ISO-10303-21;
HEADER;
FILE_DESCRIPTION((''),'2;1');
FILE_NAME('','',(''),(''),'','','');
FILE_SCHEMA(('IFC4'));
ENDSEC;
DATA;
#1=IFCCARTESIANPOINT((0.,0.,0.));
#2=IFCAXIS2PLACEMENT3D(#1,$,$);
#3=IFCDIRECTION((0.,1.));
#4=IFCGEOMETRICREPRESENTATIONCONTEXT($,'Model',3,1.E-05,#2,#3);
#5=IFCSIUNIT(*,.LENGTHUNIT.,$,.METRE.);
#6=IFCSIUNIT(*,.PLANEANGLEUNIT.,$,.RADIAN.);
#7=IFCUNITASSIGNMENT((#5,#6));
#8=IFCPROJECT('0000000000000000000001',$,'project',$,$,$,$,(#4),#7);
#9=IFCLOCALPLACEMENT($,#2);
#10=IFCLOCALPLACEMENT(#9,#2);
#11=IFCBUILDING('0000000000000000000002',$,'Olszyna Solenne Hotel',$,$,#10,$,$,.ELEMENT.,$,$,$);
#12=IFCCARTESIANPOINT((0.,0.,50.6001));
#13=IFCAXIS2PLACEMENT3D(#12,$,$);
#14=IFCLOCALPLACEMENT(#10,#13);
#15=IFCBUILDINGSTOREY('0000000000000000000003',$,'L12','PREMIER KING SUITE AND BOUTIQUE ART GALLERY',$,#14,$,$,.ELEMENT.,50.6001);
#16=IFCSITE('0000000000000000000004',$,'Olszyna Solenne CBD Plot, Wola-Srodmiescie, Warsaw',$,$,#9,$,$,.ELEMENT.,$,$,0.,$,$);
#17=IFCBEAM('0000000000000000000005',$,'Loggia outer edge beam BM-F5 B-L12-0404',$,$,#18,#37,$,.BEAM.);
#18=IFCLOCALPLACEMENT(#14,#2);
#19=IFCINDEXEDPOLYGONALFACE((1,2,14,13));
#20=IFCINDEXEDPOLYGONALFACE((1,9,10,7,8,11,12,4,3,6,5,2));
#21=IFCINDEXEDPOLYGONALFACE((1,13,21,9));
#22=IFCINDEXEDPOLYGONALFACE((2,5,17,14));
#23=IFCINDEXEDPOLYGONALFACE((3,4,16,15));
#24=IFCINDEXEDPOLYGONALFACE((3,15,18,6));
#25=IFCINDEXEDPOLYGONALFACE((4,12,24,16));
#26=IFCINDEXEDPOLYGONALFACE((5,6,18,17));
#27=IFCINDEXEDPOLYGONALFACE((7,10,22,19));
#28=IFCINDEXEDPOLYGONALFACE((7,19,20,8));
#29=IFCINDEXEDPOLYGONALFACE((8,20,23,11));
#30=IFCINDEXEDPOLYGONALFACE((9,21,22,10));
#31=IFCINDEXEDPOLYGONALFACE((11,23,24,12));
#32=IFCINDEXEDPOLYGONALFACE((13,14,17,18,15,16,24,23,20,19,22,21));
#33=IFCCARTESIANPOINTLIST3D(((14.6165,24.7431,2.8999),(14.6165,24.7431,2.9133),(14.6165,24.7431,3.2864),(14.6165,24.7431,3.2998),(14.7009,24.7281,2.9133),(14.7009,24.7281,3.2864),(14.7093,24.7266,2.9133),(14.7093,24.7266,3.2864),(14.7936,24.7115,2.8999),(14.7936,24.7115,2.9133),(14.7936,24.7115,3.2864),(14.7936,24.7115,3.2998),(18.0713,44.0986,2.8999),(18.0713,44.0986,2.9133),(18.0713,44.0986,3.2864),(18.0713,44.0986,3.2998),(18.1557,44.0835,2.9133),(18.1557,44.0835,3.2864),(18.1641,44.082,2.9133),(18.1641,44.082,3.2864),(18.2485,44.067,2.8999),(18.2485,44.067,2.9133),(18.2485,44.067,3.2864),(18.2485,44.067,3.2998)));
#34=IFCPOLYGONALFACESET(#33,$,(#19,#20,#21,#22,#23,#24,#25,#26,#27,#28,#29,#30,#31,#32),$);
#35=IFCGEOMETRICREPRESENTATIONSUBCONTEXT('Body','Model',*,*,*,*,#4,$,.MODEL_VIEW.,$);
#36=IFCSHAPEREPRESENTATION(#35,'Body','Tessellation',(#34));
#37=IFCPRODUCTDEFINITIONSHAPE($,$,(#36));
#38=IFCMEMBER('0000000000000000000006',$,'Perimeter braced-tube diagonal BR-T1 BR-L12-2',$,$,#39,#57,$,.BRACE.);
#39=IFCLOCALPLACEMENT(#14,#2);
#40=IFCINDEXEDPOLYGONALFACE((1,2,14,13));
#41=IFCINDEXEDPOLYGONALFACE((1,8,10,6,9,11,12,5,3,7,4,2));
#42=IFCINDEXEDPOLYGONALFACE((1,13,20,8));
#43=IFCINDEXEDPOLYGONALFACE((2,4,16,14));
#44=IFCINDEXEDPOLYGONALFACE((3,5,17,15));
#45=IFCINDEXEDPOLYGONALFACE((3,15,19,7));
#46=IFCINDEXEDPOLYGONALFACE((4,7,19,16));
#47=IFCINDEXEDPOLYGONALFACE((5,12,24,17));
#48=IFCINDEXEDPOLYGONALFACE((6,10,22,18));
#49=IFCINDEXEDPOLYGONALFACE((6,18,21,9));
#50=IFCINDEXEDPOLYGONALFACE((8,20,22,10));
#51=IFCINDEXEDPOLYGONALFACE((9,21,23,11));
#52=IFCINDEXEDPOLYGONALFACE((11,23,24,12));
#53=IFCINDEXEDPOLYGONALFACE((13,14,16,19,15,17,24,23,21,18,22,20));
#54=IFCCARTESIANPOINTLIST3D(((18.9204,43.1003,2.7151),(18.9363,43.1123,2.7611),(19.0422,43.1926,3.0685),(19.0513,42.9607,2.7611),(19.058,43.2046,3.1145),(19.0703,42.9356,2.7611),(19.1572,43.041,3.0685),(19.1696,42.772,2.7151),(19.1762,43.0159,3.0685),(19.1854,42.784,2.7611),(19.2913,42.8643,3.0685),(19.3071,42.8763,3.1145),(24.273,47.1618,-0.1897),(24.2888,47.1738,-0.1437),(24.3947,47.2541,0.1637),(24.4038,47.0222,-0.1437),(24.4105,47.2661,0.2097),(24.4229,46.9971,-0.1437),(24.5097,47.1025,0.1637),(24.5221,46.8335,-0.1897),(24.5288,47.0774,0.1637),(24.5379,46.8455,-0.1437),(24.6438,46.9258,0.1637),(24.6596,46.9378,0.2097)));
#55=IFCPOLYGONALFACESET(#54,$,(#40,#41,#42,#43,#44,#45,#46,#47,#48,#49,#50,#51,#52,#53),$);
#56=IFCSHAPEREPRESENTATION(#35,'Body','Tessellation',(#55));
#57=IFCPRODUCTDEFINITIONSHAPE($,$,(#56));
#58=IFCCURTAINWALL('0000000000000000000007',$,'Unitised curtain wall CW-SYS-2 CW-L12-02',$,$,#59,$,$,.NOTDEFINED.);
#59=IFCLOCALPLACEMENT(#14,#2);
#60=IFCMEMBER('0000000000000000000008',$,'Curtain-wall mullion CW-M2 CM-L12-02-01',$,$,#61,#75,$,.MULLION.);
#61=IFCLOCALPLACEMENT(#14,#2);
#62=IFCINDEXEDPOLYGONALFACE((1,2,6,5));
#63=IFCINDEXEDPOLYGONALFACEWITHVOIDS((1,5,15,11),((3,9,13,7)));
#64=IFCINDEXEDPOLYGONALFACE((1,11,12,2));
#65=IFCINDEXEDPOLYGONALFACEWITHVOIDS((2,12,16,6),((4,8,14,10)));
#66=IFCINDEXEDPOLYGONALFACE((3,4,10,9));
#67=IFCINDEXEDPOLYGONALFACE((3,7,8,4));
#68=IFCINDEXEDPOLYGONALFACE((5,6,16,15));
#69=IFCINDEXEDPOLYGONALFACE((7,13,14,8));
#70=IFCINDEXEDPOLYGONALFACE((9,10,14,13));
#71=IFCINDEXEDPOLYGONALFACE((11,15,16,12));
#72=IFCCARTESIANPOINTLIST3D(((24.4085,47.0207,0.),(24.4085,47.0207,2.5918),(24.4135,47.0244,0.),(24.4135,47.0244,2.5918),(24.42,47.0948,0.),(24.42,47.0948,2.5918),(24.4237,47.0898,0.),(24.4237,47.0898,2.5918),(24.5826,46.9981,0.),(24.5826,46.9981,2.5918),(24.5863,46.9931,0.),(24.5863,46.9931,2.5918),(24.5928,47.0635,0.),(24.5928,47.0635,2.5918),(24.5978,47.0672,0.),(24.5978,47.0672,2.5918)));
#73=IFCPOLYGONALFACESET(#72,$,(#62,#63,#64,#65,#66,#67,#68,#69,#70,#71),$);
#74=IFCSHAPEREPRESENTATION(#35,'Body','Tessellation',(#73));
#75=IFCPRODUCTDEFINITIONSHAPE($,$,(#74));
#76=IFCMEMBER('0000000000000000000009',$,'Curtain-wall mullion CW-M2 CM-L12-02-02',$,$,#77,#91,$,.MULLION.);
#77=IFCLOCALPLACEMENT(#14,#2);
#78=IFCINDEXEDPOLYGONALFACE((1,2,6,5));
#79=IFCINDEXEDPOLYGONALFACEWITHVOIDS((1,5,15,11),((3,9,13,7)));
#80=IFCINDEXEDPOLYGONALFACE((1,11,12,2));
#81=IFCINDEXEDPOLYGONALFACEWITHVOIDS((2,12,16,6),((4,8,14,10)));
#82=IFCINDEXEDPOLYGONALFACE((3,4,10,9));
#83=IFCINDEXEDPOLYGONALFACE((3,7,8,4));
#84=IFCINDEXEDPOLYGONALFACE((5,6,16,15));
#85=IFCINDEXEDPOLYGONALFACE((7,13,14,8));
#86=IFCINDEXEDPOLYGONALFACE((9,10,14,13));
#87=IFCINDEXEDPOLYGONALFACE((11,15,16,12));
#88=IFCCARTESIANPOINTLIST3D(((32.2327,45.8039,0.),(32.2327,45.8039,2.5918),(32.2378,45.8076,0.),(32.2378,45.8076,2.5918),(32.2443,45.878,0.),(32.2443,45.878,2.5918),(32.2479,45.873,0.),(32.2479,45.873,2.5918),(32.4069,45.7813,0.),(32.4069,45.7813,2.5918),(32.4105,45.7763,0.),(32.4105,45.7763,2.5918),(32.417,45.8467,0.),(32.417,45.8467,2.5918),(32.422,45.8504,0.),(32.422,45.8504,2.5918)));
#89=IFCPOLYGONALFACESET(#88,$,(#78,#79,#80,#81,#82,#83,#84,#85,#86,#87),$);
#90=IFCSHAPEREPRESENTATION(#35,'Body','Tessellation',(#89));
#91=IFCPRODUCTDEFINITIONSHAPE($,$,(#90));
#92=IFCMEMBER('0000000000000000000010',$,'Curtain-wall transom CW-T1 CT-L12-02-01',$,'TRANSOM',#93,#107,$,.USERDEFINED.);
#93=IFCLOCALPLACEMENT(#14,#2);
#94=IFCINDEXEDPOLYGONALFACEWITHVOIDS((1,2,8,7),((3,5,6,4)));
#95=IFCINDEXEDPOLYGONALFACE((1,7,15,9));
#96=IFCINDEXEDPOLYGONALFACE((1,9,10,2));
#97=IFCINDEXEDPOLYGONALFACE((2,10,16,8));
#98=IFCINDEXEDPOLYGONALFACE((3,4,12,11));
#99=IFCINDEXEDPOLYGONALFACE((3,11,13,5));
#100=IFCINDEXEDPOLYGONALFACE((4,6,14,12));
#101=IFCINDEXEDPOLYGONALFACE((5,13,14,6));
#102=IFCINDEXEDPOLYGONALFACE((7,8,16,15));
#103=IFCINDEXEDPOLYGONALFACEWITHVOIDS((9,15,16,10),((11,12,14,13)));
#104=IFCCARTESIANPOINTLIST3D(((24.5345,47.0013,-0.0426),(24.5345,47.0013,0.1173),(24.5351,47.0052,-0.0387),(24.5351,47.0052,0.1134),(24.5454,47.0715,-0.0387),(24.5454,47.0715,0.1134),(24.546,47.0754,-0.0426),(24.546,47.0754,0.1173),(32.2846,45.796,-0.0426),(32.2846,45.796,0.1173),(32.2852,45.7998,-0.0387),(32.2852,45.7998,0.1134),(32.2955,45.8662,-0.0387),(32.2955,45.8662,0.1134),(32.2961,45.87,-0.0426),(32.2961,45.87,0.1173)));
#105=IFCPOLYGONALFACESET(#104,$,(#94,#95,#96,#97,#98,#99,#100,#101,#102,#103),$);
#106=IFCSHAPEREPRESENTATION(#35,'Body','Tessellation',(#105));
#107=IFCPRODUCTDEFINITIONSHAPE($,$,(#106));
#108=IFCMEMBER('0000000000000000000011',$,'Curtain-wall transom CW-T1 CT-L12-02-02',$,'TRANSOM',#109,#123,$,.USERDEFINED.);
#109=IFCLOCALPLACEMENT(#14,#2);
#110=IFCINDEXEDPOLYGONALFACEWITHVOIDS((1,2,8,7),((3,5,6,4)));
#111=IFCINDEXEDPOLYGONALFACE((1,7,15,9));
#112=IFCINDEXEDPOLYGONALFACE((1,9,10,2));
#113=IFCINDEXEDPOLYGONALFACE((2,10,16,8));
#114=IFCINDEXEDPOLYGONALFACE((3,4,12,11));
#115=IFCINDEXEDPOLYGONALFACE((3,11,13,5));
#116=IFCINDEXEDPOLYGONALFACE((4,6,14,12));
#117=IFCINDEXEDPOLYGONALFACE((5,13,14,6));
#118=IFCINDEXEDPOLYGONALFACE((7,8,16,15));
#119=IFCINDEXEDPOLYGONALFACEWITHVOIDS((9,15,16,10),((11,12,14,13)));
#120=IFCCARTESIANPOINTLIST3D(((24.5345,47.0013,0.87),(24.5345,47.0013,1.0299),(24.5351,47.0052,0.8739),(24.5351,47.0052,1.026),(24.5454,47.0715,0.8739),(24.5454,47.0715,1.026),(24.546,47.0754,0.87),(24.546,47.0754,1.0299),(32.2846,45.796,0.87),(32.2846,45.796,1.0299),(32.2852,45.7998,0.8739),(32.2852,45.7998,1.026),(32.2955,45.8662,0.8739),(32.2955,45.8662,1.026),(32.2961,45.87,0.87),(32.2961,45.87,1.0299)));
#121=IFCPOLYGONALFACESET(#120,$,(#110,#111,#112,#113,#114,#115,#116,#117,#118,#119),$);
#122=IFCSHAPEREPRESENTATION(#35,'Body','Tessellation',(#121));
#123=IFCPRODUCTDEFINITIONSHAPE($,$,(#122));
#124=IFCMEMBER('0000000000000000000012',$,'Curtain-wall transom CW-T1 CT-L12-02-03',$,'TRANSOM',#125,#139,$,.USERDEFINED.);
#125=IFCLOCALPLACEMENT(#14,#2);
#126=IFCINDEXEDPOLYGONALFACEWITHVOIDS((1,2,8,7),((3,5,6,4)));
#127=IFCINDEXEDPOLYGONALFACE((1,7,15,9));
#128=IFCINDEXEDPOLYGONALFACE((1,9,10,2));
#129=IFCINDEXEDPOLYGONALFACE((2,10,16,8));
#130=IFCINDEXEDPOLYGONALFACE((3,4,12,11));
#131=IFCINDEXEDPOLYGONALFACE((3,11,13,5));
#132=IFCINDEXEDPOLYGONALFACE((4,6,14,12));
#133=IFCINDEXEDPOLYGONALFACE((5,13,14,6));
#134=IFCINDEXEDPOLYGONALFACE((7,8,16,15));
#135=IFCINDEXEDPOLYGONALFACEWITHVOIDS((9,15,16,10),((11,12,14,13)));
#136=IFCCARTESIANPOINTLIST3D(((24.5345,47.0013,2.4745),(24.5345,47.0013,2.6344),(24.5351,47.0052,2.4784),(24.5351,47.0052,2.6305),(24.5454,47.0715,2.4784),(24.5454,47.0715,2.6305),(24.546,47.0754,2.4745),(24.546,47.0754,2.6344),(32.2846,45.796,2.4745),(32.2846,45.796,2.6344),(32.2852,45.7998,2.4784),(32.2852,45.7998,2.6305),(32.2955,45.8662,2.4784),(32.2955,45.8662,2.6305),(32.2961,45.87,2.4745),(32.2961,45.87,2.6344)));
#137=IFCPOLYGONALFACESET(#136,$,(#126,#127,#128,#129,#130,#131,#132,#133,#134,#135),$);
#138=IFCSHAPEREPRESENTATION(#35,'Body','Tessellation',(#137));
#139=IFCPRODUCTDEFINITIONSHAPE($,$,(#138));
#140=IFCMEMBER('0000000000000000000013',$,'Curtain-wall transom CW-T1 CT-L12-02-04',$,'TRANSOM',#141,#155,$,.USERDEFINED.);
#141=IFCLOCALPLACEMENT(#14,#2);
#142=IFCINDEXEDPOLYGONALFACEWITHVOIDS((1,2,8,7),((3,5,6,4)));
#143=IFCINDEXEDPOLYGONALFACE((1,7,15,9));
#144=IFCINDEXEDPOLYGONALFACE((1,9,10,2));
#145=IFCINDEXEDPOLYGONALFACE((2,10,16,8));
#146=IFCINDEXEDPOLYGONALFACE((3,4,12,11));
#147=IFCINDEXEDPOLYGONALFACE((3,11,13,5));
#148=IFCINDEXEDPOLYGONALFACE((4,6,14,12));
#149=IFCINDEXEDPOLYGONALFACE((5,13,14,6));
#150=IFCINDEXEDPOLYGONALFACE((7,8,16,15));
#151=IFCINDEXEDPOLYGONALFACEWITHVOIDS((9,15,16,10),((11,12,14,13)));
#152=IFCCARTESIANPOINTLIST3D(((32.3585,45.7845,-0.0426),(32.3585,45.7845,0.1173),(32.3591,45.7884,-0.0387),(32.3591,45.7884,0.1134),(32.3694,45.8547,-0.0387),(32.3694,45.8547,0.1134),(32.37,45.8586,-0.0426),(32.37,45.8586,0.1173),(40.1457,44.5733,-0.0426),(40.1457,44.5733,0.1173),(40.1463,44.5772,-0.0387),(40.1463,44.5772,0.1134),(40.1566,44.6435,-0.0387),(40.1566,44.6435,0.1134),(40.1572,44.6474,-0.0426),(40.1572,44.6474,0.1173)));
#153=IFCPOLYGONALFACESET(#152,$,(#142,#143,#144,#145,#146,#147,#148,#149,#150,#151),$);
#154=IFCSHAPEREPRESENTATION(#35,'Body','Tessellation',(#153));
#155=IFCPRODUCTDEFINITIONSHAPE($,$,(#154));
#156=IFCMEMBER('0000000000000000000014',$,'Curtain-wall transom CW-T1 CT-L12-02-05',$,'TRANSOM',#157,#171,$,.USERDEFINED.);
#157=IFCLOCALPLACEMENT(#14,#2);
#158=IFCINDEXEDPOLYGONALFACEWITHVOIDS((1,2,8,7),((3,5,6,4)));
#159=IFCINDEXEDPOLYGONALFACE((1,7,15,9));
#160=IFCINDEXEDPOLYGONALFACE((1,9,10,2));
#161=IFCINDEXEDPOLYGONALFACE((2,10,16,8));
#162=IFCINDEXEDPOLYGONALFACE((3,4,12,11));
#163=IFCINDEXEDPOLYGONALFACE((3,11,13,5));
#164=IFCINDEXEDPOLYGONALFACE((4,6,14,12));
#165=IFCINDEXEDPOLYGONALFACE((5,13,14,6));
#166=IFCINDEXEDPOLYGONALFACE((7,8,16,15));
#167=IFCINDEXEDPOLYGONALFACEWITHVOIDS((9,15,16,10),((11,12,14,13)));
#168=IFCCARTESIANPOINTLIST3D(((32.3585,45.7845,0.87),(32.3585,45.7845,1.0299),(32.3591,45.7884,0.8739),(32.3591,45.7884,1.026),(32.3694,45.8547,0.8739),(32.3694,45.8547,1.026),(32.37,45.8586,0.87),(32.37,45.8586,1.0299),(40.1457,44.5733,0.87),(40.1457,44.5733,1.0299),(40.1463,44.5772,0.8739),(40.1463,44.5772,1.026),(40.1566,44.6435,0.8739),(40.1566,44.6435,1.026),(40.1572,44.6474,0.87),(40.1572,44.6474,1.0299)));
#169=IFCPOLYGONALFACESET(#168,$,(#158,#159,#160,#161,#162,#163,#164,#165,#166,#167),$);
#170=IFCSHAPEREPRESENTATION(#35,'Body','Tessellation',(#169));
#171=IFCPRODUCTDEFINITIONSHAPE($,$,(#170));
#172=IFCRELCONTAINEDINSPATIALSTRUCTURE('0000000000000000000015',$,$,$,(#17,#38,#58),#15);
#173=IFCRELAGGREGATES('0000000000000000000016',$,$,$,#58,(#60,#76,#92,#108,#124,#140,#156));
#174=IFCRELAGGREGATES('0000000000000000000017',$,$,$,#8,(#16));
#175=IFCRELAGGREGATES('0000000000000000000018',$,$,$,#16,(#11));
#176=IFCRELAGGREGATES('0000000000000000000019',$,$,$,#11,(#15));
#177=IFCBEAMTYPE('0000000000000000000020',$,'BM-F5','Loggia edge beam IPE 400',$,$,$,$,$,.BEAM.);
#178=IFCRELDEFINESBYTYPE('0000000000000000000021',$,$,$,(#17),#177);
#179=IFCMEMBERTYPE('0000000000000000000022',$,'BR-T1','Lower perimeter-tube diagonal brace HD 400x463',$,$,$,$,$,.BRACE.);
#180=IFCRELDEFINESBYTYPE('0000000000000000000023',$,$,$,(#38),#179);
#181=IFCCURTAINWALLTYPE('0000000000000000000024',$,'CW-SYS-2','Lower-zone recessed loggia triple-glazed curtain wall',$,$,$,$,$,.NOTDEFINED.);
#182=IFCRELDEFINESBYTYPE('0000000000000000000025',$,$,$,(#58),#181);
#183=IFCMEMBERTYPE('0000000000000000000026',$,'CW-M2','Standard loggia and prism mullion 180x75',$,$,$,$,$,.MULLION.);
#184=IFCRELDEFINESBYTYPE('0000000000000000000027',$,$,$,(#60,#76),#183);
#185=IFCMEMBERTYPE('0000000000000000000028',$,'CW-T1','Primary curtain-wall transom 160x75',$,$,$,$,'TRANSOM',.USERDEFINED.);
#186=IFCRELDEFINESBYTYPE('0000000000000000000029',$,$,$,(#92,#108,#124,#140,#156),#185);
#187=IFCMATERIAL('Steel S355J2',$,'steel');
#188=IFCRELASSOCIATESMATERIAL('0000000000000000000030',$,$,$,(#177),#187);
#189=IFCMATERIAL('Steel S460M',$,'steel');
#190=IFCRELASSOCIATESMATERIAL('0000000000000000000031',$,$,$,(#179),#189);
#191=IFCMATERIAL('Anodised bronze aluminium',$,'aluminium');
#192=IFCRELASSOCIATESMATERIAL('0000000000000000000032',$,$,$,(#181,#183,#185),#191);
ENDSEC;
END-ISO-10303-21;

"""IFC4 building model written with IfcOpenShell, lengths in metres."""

from ifc_helpers import new_model, si_unit, direction, frame, origin, origin_2d, place, context, subcontext, project, spatial, hollow_rectangle, i_section, extrude, source, transform, mapped, material, material_profile, profile_set, type_object, element, aggregate, save


model = new_model("IFC4")

# Units and contexts
model_context = context("Model", 3, precision=1e-05, world=origin(), true_north=direction((0.0, 1.0)))
body_context = subcontext(model_context, "Body", "Model", "MODEL_VIEW")
ifc_project = project(units=[si_unit("LENGTHUNIT", "METRE"), si_unit("PLANEANGLEUNIT", "RADIAN")], contexts=[model_context])

# Site, building, storey
site_placement = place(None, origin())
site = spatial("IfcSite", under=ifc_project, at=site_placement, Name="Olszyna Solenne CBD Plot, Wola-Srodmiescie, Warsaw", CompositionType="ELEMENT", RefElevation=0.0)
building_placement = place(site_placement, origin())
building = spatial("IfcBuilding", under=site, at=building_placement, Name="Olszyna Solenne Hotel", CompositionType="ELEMENT")
storey_placement = place(building_placement, frame((0.0, 0.0, 50.6001)))
storey = spatial("IfcBuildingStorey", under=building, at=storey_placement, Name="L12", Description="PREMIER KING SUITE AND BOUTIQUE ART GALLERY", CompositionType="ELEMENT", Elevation=50.6001)

# Shared definitions
ifc_material_1 = material(Name="Steel S460M", Category="steel")

# Beam
ifc_material_2 = material(Name="Steel S355J2", Category="steel")
ifc_material_profile_1 = material_profile(ifc_material_2, i_section(OverallWidth=0.1799, OverallDepth=0.3999, WebThickness=0.0085, FlangeThickness=0.0134, at=origin_2d()), Name="IPE 400", Category="load-bearing")
ifc_profile_set_1 = profile_set([ifc_material_profile_1], Name="Steel S355J2")
beam_type_1 = type_object("IfcBeamType", Name="BM-F5", Description="Loggia edge beam IPE 400", PredefinedType="BEAM", material=ifc_profile_set_1)
shared_shape_1 = source(origin(), body_context, "Body", "SweptSolid", [
    extrude(i_section(OverallWidth=0.1799, OverallDepth=0.3999, WebThickness=0.0085, FlangeThickness=0.0134, at=origin_2d()), origin(), (0.0, 0.0, 1.0), 19.6614),
])
beam_1_placement = place(storey_placement, frame((18.1599, 44.0828, 3.0999), z_axis=(-0.175717, -0.984441, 0.0), x_axis=(0.984441, -0.175717, 0.0)))
element("IfcBeam", 1, at=beam_1_placement, inside=storey, type_object=beam_type_1, Name="Loggia outer edge beam BM-F5 B-L12-0404", PredefinedType="BEAM", context=body_context, shape_type="MappedRepresentation", body=[
    mapped(shared_shape_1, transform((0.0, 0.0, 0.0), x_axis=(1.0, 0.0, 0.0), y_axis=(0.0, 1.0, 0.0), z_axis=(0.0, 0.0, 1.0), scale=1.0)),
])

# Member
ifc_material_profile_2 = material_profile(ifc_material_1, i_section(OverallWidth=0.4121, OverallDepth=0.4351, WebThickness=0.0315, FlangeThickness=0.05, at=origin_2d()), Name="HD 400x463", Category="load-bearing")
ifc_profile_set_2 = profile_set([ifc_material_profile_2], Name="Steel S460M")
member_type_1 = type_object("IfcMemberType", Name="BR-T1", Description="Lower perimeter-tube diagonal brace HD 400x463", PredefinedType="BRACE", material=ifc_profile_set_2)
shared_shape_2 = source(origin(), body_context, "Body", "SweptSolid", [
    extrude(i_section(OverallWidth=0.4121, OverallDepth=0.4351, WebThickness=0.0315, FlangeThickness=0.05, at=origin_2d()), origin(), (0.0, 0.0, 1.0), 7.3201),
])
member_1_placement = place(storey_placement, frame((24.4663, 47.0498, 0.01), z_axis=(-0.731214, -0.554848, 0.396825), x_axis=(0.604479, -0.796621, 0.0)))
element("IfcMember", 2, at=member_1_placement, inside=storey, type_object=member_type_1, Name="Perimeter braced-tube diagonal BR-T1 BR-L12-2", PredefinedType="BRACE", context=body_context, shape_type="MappedRepresentation", body=[
    mapped(shared_shape_2, transform((0.0, 0.0, 0.0), x_axis=(1.0, 0.0, 0.0), y_axis=(0.0, 1.0, 0.0), z_axis=(0.0, 0.0, 1.0), scale=1.0)),
])

# Curtain wall, members
ifc_material_3 = material(Name="Anodised bronze aluminium", Category="aluminium")
curtain_wall_type = type_object("IfcCurtainWallType", Name="CW-SYS-2", Description="Lower-zone recessed loggia triple-glazed curtain wall", PredefinedType="NOTDEFINED", material=ifc_material_3)
curtain_wall_placement = place(storey_placement, origin())
curtain_wall = element("IfcCurtainWall", 3, at=curtain_wall_placement, inside=storey, type_object=curtain_wall_type, Name="Unitised curtain wall CW-SYS-2 CW-L12-02", PredefinedType="NOTDEFINED")
ifc_material_profile_3 = material_profile(ifc_material_3, hollow_rectangle(XDim=0.075, YDim=0.1799, WallThickness=0.0044, at=origin_2d()), Name="MULL 180x75x4.5", Category="load-bearing")
ifc_profile_set_3 = profile_set([ifc_material_profile_3], Name="Anodised bronze aluminium")
member_type_2 = type_object("IfcMemberType", Name="CW-M2", Description="Standard loggia and prism mullion 180x75", PredefinedType="MULLION", material=ifc_profile_set_3)
shared_shape_3 = source(origin(), body_context, "Body", "SweptSolid", [
    extrude(hollow_rectangle(XDim=0.075, YDim=0.1799, WallThickness=0.0044, at=origin_2d()), origin(), (0.0, 0.0, 1.0), 2.5918),
])
member_2_placement = place(storey_placement, frame((24.5032, 47.0439, 0.0), z_axis=(0.0, 0.0, 1.0), x_axis=(0.153674, 0.988122, 0.0)))
member_2 = element("IfcMember", 4, at=member_2_placement, type_object=member_type_2, Name="Curtain-wall mullion CW-M2 CM-L12-02-01", PredefinedType="MULLION", context=body_context, shape_type="MappedRepresentation", body=[
    mapped(shared_shape_3, transform((0.0, 0.0, 0.0), x_axis=(1.0, 0.0, 0.0), y_axis=(0.0, 1.0, 0.0), z_axis=(0.0, 0.0, 1.0), scale=1.0)),
])
member_3_placement = place(storey_placement, frame((32.3274, 45.8271, 0.0), z_axis=(0.0, 0.0, 1.0), x_axis=(0.153674, 0.988122, 0.0)))
member_3 = element("IfcMember", 5, at=member_3_placement, type_object=member_type_2, Name="Curtain-wall mullion CW-M2 CM-L12-02-02", PredefinedType="MULLION", context=body_context, shape_type="MappedRepresentation", body=[
    mapped(shared_shape_3, transform((0.0, 0.0, 0.0), x_axis=(1.0, 0.0, 0.0), y_axis=(0.0, 1.0, 0.0), z_axis=(0.0, 0.0, 1.0), scale=1.0)),
])
ifc_material_profile_4 = material_profile(ifc_material_3, hollow_rectangle(XDim=0.075, YDim=0.1599, WallThickness=0.0039, at=origin_2d()), Name="TRAN 160x75x4", Category="load-bearing")
ifc_profile_set_4 = profile_set([ifc_material_profile_4], Name="Anodised bronze aluminium")
member_type_3 = type_object("IfcMemberType", Name="CW-T1", Description="Primary curtain-wall transom 160x75", ElementType="TRANSOM", PredefinedType="USERDEFINED", material=ifc_profile_set_4)
shared_shape_4 = source(origin(), body_context, "Body", "SweptSolid", [
    extrude(hollow_rectangle(XDim=0.075, YDim=0.1599, WallThickness=0.0039, at=origin_2d()), origin(), (0.0, 0.0, 1.0), 7.8433),
])
member_4_placement = place(storey_placement, frame((24.5403, 47.0383, 0.0374), z_axis=(0.988121, -0.153678, 0.0), x_axis=(0.153678, 0.988121, 0.0)))
member_4 = element("IfcMember", 6, at=member_4_placement, type_object=member_type_3, Name="Curtain-wall transom CW-T1 CT-L12-02-01", ObjectType="TRANSOM", PredefinedType="USERDEFINED", context=body_context, shape_type="MappedRepresentation", body=[
    mapped(shared_shape_4, transform((0.0, 0.0, 0.0), x_axis=(1.0, 0.0, 0.0), y_axis=(0.0, 1.0, 0.0), z_axis=(0.0, 0.0, 1.0), scale=1.0)),
])
member_5_placement = place(storey_placement, frame((24.5403, 47.0383, 0.95), z_axis=(0.988121, -0.153678, 0.0), x_axis=(0.153678, 0.988121, 0.0)))
member_5 = element("IfcMember", 7, at=member_5_placement, type_object=member_type_3, Name="Curtain-wall transom CW-T1 CT-L12-02-02", ObjectType="TRANSOM", PredefinedType="USERDEFINED", context=body_context, shape_type="MappedRepresentation", body=[
    mapped(shared_shape_4, transform((0.0, 0.0, 0.0), x_axis=(1.0, 0.0, 0.0), y_axis=(0.0, 1.0, 0.0), z_axis=(0.0, 0.0, 1.0), scale=1.0)),
])
member_6_placement = place(storey_placement, frame((24.5403, 47.0383, 2.5544), z_axis=(0.988121, -0.153678, 0.0), x_axis=(0.153678, 0.988121, 0.0)))
member_6 = element("IfcMember", 8, at=member_6_placement, type_object=member_type_3, Name="Curtain-wall transom CW-T1 CT-L12-02-03", ObjectType="TRANSOM", PredefinedType="USERDEFINED", context=body_context, shape_type="MappedRepresentation", body=[
    mapped(shared_shape_4, transform((0.0, 0.0, 0.0), x_axis=(1.0, 0.0, 0.0), y_axis=(0.0, 1.0, 0.0), z_axis=(0.0, 0.0, 1.0), scale=1.0)),
])
shared_shape_5 = source(origin(), body_context, "Body", "SweptSolid", [
    extrude(hollow_rectangle(XDim=0.075, YDim=0.1599, WallThickness=0.0039, at=origin_2d()), origin(), (0.0, 0.0, 1.0), 7.8809),
])
member_7_placement = place(storey_placement, frame((32.3643, 45.8215, 0.0374), z_axis=(0.988119, -0.153689, 0.0), x_axis=(0.153689, 0.988119, 0.0)))
member_7 = element("IfcMember", 9, at=member_7_placement, type_object=member_type_3, Name="Curtain-wall transom CW-T1 CT-L12-02-04", ObjectType="TRANSOM", PredefinedType="USERDEFINED", context=body_context, shape_type="MappedRepresentation", body=[
    mapped(shared_shape_5, transform((0.0, 0.0, 0.0), x_axis=(1.0, 0.0, 0.0), y_axis=(0.0, 1.0, 0.0), z_axis=(0.0, 0.0, 1.0), scale=1.0)),
])
member_8_placement = place(storey_placement, frame((32.3643, 45.8215, 0.95), z_axis=(0.988119, -0.153689, 0.0), x_axis=(0.153689, 0.988119, 0.0)))
member_8 = element("IfcMember", 10, at=member_8_placement, type_object=member_type_3, Name="Curtain-wall transom CW-T1 CT-L12-02-05", ObjectType="TRANSOM", PredefinedType="USERDEFINED", context=body_context, shape_type="MappedRepresentation", body=[
    mapped(shared_shape_5, transform((0.0, 0.0, 0.0), x_axis=(1.0, 0.0, 0.0), y_axis=(0.0, 1.0, 0.0), z_axis=(0.0, 0.0, 1.0), scale=1.0)),
])

aggregate(curtain_wall, [member_2, member_3, member_4, member_5, member_6, member_7, member_8])

save(model, "model.ifc")
